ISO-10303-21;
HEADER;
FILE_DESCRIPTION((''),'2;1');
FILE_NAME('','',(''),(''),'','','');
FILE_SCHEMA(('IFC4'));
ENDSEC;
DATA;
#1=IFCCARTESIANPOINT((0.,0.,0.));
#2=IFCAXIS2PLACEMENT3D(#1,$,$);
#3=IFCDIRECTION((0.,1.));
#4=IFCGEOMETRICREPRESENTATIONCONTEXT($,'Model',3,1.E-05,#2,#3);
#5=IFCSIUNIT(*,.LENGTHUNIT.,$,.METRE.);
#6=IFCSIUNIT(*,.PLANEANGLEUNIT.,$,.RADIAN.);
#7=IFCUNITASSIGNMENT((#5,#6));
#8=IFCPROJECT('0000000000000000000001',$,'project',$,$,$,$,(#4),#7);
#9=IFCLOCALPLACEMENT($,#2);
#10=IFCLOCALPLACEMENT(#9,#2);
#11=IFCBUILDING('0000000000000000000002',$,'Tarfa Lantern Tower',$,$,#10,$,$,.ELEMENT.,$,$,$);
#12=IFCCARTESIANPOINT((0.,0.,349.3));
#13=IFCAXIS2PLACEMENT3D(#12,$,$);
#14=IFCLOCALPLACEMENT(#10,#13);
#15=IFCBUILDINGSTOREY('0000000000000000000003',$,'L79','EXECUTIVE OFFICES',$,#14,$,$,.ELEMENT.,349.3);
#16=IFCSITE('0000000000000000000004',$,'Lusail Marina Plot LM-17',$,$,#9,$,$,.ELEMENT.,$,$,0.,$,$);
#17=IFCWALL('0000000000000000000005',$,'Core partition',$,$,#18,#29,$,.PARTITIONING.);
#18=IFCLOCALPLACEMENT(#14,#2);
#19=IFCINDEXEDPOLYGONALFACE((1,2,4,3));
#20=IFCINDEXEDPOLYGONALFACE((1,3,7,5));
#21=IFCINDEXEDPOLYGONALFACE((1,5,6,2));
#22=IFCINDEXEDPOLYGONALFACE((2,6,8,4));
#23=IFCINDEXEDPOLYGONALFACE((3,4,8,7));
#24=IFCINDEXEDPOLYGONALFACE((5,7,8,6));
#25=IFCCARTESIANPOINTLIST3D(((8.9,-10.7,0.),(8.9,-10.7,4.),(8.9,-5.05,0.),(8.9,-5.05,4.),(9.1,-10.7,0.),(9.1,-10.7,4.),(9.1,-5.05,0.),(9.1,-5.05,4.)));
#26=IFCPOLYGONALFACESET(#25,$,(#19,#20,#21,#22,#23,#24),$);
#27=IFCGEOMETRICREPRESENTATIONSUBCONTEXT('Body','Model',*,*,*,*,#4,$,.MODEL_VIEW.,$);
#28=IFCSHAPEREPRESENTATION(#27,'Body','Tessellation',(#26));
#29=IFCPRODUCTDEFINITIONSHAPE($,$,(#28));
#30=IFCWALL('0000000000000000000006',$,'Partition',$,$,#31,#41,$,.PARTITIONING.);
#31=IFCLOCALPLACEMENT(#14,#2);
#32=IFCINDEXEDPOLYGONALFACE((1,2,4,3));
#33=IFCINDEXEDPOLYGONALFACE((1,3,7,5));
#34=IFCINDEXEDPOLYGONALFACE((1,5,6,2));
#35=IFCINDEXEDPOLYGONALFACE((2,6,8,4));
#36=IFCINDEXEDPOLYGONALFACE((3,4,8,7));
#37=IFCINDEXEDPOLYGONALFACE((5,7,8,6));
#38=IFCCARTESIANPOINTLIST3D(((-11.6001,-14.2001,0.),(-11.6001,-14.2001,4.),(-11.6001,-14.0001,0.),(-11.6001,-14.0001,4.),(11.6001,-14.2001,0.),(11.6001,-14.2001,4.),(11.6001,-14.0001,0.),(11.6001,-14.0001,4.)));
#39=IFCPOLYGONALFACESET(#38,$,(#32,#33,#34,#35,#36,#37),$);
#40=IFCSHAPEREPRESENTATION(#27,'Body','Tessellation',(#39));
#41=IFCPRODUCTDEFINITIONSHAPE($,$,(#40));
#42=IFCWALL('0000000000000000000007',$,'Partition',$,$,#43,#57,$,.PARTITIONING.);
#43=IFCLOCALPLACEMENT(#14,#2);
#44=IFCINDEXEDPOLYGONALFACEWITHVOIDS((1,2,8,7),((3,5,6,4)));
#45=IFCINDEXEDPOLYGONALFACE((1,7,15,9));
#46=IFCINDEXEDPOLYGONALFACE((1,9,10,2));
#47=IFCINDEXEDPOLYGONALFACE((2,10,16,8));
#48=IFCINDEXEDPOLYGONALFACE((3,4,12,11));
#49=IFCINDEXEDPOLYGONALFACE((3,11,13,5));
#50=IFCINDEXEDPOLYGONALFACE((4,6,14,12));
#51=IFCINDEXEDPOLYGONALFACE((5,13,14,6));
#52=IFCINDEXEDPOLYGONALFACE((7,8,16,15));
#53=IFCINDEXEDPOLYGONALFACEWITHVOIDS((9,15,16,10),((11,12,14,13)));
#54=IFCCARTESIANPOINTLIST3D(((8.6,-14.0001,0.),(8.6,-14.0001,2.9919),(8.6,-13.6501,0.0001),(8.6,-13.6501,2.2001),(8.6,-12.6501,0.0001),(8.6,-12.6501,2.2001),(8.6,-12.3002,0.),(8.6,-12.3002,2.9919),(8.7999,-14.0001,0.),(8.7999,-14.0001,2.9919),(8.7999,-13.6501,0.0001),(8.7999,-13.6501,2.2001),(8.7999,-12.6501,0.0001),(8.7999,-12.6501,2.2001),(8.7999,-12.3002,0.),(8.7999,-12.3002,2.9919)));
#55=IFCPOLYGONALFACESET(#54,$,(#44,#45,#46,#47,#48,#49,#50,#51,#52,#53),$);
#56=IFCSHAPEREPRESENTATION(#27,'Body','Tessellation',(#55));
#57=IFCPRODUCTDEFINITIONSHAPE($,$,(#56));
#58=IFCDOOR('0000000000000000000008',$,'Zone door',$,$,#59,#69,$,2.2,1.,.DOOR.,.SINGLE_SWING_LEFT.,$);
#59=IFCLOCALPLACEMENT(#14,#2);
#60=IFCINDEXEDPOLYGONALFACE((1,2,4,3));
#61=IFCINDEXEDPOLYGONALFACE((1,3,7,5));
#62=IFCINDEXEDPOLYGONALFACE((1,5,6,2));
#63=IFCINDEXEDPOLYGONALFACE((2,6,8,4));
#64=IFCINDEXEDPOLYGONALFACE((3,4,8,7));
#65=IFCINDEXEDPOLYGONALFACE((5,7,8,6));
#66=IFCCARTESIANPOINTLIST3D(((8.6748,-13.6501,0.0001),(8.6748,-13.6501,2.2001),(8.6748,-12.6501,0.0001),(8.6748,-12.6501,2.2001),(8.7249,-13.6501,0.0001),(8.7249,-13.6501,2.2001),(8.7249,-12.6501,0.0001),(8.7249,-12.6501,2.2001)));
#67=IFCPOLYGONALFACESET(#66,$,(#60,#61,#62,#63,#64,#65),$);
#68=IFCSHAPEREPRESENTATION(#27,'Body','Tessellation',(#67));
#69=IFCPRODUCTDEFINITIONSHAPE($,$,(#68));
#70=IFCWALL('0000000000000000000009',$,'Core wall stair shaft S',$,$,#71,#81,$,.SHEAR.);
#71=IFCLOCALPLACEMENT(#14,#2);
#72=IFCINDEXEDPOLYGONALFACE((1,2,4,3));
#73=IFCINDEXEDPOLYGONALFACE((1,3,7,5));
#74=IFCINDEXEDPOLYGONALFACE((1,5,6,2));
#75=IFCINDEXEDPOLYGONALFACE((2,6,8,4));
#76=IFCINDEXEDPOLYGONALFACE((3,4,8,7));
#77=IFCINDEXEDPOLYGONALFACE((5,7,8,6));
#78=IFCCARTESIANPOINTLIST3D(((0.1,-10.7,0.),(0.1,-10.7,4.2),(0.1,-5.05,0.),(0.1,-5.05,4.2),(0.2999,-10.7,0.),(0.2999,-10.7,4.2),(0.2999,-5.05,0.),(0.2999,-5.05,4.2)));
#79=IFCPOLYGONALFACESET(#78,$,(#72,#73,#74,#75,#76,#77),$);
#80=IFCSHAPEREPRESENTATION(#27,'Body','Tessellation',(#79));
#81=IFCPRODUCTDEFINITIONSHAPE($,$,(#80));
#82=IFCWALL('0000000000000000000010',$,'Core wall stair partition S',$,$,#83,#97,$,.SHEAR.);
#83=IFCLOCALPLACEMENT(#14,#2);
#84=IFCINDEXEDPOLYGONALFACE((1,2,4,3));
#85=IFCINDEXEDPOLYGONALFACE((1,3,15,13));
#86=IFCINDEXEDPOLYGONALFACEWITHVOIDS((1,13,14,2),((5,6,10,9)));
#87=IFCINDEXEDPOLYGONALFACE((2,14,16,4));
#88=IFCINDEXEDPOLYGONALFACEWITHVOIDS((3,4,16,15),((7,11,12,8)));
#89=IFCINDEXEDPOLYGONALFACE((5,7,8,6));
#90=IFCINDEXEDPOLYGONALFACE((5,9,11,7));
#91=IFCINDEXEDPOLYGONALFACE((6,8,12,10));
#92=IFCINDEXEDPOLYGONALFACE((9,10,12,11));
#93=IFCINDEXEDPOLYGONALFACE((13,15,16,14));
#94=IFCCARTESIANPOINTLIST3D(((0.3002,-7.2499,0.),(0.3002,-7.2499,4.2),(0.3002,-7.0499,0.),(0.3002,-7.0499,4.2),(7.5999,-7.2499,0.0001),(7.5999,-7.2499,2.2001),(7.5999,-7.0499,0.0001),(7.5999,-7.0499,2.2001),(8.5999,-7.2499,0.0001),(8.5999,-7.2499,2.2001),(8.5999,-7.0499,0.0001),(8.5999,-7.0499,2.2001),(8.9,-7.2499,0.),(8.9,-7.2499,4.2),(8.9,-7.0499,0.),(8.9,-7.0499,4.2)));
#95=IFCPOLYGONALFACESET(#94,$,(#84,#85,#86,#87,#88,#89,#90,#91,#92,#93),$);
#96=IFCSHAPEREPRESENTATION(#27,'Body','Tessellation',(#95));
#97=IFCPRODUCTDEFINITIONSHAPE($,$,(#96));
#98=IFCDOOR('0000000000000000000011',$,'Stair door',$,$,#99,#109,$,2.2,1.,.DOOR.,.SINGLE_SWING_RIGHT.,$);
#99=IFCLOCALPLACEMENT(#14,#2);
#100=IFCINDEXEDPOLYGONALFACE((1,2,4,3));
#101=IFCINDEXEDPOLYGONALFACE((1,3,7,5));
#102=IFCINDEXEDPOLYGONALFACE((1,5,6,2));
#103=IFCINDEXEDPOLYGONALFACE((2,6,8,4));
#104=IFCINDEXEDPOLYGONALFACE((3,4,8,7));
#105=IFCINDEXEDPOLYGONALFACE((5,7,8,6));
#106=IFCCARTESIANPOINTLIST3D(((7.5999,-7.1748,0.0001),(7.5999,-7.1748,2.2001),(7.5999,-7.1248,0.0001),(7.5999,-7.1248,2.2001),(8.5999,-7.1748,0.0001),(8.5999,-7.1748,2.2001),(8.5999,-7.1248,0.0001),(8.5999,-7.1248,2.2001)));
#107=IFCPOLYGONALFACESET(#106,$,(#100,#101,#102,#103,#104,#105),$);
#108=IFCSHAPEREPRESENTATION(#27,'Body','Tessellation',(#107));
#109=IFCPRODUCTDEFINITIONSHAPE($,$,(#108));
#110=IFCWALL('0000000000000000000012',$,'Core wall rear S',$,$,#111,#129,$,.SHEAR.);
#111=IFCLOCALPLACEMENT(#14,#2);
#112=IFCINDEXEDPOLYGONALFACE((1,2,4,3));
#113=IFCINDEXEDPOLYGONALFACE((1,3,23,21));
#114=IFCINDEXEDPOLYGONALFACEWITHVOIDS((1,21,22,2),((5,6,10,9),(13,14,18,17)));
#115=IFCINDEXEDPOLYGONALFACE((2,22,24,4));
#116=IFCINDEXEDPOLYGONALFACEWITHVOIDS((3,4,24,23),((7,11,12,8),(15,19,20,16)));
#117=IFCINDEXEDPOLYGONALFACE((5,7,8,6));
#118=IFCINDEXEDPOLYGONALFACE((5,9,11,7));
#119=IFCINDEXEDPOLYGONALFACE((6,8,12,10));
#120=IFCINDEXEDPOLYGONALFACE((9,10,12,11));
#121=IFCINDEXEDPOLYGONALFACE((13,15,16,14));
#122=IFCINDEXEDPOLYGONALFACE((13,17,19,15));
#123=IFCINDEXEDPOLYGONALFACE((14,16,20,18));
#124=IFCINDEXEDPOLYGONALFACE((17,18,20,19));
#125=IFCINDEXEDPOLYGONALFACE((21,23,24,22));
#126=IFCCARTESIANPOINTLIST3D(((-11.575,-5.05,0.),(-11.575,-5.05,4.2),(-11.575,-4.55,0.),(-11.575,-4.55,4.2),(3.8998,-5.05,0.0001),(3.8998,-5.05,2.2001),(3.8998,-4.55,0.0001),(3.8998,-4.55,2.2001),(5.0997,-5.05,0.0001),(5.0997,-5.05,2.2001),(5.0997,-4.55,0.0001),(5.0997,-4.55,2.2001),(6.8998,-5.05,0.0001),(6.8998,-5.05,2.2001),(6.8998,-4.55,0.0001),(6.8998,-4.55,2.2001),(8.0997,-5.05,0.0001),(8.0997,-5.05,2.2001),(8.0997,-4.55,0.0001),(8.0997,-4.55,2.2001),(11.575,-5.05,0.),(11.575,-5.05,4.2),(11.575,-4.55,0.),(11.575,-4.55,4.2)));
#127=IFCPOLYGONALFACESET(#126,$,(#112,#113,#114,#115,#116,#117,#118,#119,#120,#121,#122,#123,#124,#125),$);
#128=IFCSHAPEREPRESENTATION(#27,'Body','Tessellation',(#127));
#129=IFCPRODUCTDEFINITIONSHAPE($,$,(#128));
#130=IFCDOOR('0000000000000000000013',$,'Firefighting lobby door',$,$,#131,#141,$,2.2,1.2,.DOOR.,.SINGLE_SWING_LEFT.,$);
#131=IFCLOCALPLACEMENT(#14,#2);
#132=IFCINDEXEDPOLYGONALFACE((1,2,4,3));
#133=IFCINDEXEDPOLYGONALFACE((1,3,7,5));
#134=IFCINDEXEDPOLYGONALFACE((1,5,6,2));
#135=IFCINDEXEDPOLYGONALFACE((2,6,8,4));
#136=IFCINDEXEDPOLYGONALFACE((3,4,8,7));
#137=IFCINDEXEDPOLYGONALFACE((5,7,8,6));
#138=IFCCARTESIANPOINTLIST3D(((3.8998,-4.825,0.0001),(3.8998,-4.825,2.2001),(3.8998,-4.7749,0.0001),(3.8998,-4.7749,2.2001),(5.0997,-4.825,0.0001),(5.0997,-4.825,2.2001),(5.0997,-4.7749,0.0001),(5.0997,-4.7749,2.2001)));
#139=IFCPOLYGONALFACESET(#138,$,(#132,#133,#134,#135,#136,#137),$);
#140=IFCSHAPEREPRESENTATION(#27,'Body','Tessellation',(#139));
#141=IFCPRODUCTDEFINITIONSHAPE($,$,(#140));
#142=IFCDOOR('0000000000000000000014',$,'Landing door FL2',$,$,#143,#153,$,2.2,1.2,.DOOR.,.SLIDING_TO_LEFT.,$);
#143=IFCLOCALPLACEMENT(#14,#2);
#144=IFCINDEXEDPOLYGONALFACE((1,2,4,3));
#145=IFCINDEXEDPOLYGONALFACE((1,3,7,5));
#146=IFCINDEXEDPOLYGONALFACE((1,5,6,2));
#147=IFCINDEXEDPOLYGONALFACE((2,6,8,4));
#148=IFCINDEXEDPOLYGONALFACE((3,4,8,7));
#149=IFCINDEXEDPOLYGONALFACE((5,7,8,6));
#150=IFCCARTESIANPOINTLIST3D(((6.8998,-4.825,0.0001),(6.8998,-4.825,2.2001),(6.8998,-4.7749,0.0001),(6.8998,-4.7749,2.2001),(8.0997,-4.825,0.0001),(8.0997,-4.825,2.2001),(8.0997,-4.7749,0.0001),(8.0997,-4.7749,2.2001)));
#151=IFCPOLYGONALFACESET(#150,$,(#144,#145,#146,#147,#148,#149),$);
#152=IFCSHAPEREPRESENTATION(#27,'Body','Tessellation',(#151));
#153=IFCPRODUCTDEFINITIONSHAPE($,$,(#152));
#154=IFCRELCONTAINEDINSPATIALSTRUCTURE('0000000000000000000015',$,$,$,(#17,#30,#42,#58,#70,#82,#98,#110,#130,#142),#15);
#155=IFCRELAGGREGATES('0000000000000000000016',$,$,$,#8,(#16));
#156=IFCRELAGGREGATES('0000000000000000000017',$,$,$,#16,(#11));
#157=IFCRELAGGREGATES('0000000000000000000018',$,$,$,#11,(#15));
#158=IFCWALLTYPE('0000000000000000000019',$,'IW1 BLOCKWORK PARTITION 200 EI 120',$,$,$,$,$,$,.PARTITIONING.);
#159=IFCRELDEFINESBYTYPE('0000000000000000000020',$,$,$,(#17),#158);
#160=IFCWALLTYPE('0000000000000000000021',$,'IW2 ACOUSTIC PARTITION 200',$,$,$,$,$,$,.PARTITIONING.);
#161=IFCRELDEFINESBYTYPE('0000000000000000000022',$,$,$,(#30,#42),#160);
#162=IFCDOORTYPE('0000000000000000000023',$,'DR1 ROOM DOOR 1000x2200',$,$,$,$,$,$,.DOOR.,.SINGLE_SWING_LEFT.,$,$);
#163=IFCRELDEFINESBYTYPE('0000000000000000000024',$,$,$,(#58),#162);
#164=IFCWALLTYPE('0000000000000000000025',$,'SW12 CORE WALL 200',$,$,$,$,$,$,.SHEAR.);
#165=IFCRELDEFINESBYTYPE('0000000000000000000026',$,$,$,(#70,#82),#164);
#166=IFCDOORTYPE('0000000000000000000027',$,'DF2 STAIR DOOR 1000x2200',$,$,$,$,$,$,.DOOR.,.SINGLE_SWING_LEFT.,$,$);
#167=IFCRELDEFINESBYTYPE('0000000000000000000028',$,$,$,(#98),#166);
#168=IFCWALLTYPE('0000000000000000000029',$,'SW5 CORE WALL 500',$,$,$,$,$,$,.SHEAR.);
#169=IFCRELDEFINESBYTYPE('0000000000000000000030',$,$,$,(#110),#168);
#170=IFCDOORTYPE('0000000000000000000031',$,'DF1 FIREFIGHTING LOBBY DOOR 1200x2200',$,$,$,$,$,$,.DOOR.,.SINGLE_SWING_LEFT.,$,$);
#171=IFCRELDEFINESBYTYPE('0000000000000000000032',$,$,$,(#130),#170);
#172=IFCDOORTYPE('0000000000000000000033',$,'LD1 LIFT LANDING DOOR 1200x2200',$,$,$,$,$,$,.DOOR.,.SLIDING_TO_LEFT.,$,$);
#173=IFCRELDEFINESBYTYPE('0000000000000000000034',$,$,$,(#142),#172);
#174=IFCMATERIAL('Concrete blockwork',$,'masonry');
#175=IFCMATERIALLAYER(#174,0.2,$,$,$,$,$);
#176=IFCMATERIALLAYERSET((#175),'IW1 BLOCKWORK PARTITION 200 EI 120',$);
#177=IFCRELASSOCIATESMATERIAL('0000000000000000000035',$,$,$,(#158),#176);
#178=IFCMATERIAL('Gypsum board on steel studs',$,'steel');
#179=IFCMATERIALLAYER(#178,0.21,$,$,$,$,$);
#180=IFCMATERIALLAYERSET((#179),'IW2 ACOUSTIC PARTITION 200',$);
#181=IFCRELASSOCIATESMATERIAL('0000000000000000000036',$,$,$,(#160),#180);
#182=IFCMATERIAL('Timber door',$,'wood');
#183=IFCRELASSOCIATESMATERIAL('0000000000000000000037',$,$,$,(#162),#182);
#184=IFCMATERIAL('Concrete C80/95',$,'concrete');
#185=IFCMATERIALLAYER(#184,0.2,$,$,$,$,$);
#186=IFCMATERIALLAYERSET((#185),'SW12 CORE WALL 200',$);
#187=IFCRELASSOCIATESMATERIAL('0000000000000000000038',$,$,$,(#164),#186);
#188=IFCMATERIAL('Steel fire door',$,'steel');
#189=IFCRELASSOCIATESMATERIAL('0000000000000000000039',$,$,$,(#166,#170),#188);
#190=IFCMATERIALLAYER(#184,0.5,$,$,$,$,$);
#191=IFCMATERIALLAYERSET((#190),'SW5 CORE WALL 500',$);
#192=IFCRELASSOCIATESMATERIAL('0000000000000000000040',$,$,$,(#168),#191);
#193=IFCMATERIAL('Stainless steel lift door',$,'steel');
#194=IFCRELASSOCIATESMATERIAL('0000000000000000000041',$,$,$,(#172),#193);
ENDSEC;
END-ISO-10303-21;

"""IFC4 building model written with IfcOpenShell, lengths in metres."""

from ifc_helpers import new_model, si_unit, direction, frame, frame_2d, origin, place, context, subcontext, project, spatial, rectangle, extrude, material, layer, layer_set, type_object, element, fill, save


model = new_model("IFC4")

# Units and contexts
model_context = context("Model", 3, precision=1e-05, world=origin(), true_north=direction((0.0, 1.0)))
body_context = subcontext(model_context, "Body", "Model", "MODEL_VIEW")
ifc_project = project(units=[si_unit("LENGTHUNIT", "METRE"), si_unit("PLANEANGLEUNIT", "RADIAN")], contexts=[model_context])

# Site, building, storey
site_placement = place(None, origin())
site = spatial("IfcSite", under=ifc_project, at=site_placement, Name="Lusail Marina Plot LM-17", CompositionType="ELEMENT", RefElevation=0.0)
building_placement = place(site_placement, origin())
building = spatial("IfcBuilding", under=site, at=building_placement, Name="Tarfa Lantern Tower", CompositionType="ELEMENT")
storey_placement = place(building_placement, frame((0.0, 0.0, 349.3)))
storey = spatial("IfcBuildingStorey", under=building, at=storey_placement, Name="L79", Description="EXECUTIVE OFFICES", CompositionType="ELEMENT", Elevation=349.3)

# Walls
ifc_material_1 = material(Name="Concrete blockwork", Category="masonry")
ifc_layer_1 = layer(ifc_material_1, 0.2)
ifc_layer_set_1 = layer_set([ifc_layer_1], Name="IW1 BLOCKWORK PARTITION 200 EI 120")
wall_type_1 = type_object("IfcWallType", Name="IW1 BLOCKWORK PARTITION 200 EI 120", PredefinedType="PARTITIONING", material=ifc_layer_set_1)
wall_1_placement = place(storey_placement, frame((9.0, -5.05, 0.0), z_axis=(0.0, 0.0, 1.0), x_axis=(0.0, -1.0, 0.0)))
element("IfcWall", 1, at=wall_1_placement, inside=storey, type_object=wall_type_1, Name="Core partition", PredefinedType="PARTITIONING", context=body_context, shape_type="SweptSolid", body=[
    extrude(rectangle(XDim=5.6499, YDim=0.2, at=frame_2d((2.825, 0.0))), origin(), (0.0, 0.0, 1.0), 4.0),
])
ifc_material_2 = material(Name="Gypsum board on steel studs", Category="steel")
ifc_layer_2 = layer(ifc_material_2, 0.21)
ifc_layer_set_2 = layer_set([ifc_layer_2], Name="IW2 ACOUSTIC PARTITION 200")
wall_type_2 = type_object("IfcWallType", Name="IW2 ACOUSTIC PARTITION 200", PredefinedType="PARTITIONING", material=ifc_layer_set_2)
wall_2_placement = place(storey_placement, frame((11.6001, -14.1001, 0.0), z_axis=(0.0, 0.0, 1.0), x_axis=(-1.0, 0.0, 0.0)))
element("IfcWall", 2, at=wall_2_placement, inside=storey, type_object=wall_type_2, Name="Partition", PredefinedType="PARTITIONING", context=body_context, shape_type="SweptSolid", body=[
    extrude(rectangle(XDim=23.2002, YDim=0.2, at=frame_2d((11.6001, 0.0))), origin(), (0.0, 0.0, 1.0), 4.0),
])

# Wall, opening, door
wall_3_placement = place(storey_placement, frame((8.7, -12.3, 0.0), z_axis=(0.0, 0.0, 1.0), x_axis=(0.0, -1.0, 0.0)))
wall_3 = element("IfcWall", 3, at=wall_3_placement, inside=storey, type_object=wall_type_2, Name="Partition", PredefinedType="PARTITIONING", context=body_context, shape_type="SweptSolid", body=[
    extrude(rectangle(XDim=1.7, YDim=0.2, at=frame_2d((0.8501, 0.0))), origin(), (0.0, 0.0, 1.0), 2.9919),
])
opening_1_placement = place(wall_3_placement, frame((0.3501, 0.0, 0.0)))
opening_1 = element("IfcOpeningElement", 4, at=opening_1_placement, cuts=wall_3, PredefinedType="OPENING", context=body_context, shape_type="SweptSolid", body=[
    extrude(rectangle(XDim=1.0, YDim=2.2, at=frame_2d((0.5, 1.1001))), frame((0.0, 0.1099, 0.0), z_axis=(0.0, -1.0, 0.0), x_axis=(1.0, 0.0, 0.0)), (0.0, 0.0, 1.0), 0.22),
])
ifc_material_3 = material(Name="Timber door", Category="wood")
door_type_1 = type_object("IfcDoorType", Name="DR1 ROOM DOOR 1000x2200", OperationType="SINGLE_SWING_LEFT", PredefinedType="DOOR", material=ifc_material_3)
door_1_placement = place(opening_1_placement, origin())
door_1 = element("IfcDoor", 5, at=door_1_placement, inside=storey, type_object=door_type_1, Name="Zone door", OperationType="SINGLE_SWING_LEFT", OverallHeight=2.2, OverallWidth=1.0, PredefinedType="DOOR", context=body_context, shape_type="SweptSolid", body=[
    extrude(rectangle(XDim=1.0, YDim=2.2, at=frame_2d((0.5, 1.1001))), frame((0.0, 0.0249, 0.0), z_axis=(0.0, -1.0, 0.0), x_axis=(1.0, 0.0, 0.0)), (0.0, 0.0, 1.0), 0.05),
])
fill(opening_1, door_1)

# Wall
ifc_material_4 = material(Name="Concrete C80/95", Category="concrete")
ifc_layer_3 = layer(ifc_material_4, 0.2)
ifc_layer_set_3 = layer_set([ifc_layer_3], Name="SW12 CORE WALL 200")
wall_type_3 = type_object("IfcWallType", Name="SW12 CORE WALL 200", PredefinedType="SHEAR", material=ifc_layer_set_3)
wall_4_placement = place(storey_placement, frame((0.2, -5.05, 0.0), z_axis=(0.0, 0.0, 1.0), x_axis=(0.0, -1.0, 0.0)))
element("IfcWall", 6, at=wall_4_placement, inside=storey, type_object=wall_type_3, Name="Core wall stair shaft S", PredefinedType="SHEAR", context=body_context, shape_type="SweptSolid", body=[
    extrude(rectangle(XDim=5.6499, YDim=0.2, at=frame_2d((2.825, 0.0))), origin(), (0.0, 0.0, 1.0), 4.2),
])

# Wall, opening, door
wall_5_placement = place(storey_placement, frame((8.8999, -7.1499, 0.0), z_axis=(0.0, 0.0, 1.0), x_axis=(-1.0, 0.0, 0.0)))
wall_5 = element("IfcWall", 7, at=wall_5_placement, inside=storey, type_object=wall_type_3, Name="Core wall stair partition S", PredefinedType="SHEAR", context=body_context, shape_type="SweptSolid", body=[
    extrude(rectangle(XDim=8.5999, YDim=0.2, at=frame_2d((4.2998, 0.0))), origin(), (0.0, 0.0, 1.0), 4.2),
])
opening_2_placement = place(wall_5_placement, frame((0.3, 0.0, 0.0)))
opening_2 = element("IfcOpeningElement", 8, at=opening_2_placement, cuts=wall_5, PredefinedType="OPENING", context=body_context, shape_type="SweptSolid", body=[
    extrude(rectangle(XDim=1.0, YDim=2.2, at=frame_2d((0.5, 1.1001))), frame((0.0, 0.1099, 0.0), z_axis=(0.0, -1.0, 0.0), x_axis=(1.0, 0.0, 0.0)), (0.0, 0.0, 1.0), 0.22),
])
ifc_material_5 = material(Name="Steel fire door", Category="steel")
door_type_2 = type_object("IfcDoorType", Name="DF2 STAIR DOOR 1000x2200", OperationType="SINGLE_SWING_LEFT", PredefinedType="DOOR", material=ifc_material_5)
door_2_placement = place(opening_2_placement, origin())
door_2 = element("IfcDoor", 9, at=door_2_placement, inside=storey, type_object=door_type_2, Name="Stair door", OperationType="SINGLE_SWING_RIGHT", OverallHeight=2.2, OverallWidth=1.0, PredefinedType="DOOR", context=body_context, shape_type="SweptSolid", body=[
    extrude(rectangle(XDim=1.0, YDim=2.2, at=frame_2d((0.5, 1.1001))), frame((0.0, 0.0249, 0.0), z_axis=(0.0, -1.0, 0.0), x_axis=(1.0, 0.0, 0.0)), (0.0, 0.0, 1.0), 0.05),
])
fill(opening_2, door_2)

# Wall, openings, doors
ifc_layer_4 = layer(ifc_material_4, 0.5)
ifc_layer_set_4 = layer_set([ifc_layer_4], Name="SW5 CORE WALL 500")
wall_type_4 = type_object("IfcWallType", Name="SW5 CORE WALL 500", PredefinedType="SHEAR", material=ifc_layer_set_4)
wall_6_placement = place(storey_placement, frame((11.575, -4.8, 0.0), z_axis=(0.0, 0.0, 1.0), x_axis=(-1.0, 0.0, 0.0)))
wall_6 = element("IfcWall", 10, at=wall_6_placement, inside=storey, type_object=wall_type_4, Name="Core wall rear S", PredefinedType="SHEAR", context=body_context, shape_type="SweptSolid", body=[
    extrude(rectangle(XDim=23.1499, YDim=0.5, at=frame_2d((11.575, 0.0))), origin(), (0.0, 0.0, 1.0), 4.2),
])
opening_3_placement = place(wall_6_placement, frame((6.4751, 0.0, 0.0)))
opening_3 = element("IfcOpeningElement", 11, at=opening_3_placement, cuts=wall_6, PredefinedType="OPENING", context=body_context, shape_type="SweptSolid", body=[
    extrude(rectangle(XDim=1.2, YDim=2.2, at=frame_2d((0.6001, 1.1001))), frame((0.0, 0.26, 0.0), z_axis=(0.0, -1.0, 0.0), x_axis=(1.0, 0.0, 0.0)), (0.0, 0.0, 1.0), 0.52),
])
opening_4_placement = place(wall_6_placement, frame((3.4751, 0.0, 0.0)))
opening_4 = element("IfcOpeningElement", 12, at=opening_4_placement, cuts=wall_6, PredefinedType="OPENING", context=body_context, shape_type="SweptSolid", body=[
    extrude(rectangle(XDim=1.2, YDim=2.2, at=frame_2d((0.6001, 1.1001))), frame((0.0, 0.26, 0.0), z_axis=(0.0, -1.0, 0.0), x_axis=(1.0, 0.0, 0.0)), (0.0, 0.0, 1.0), 0.52),
])
door_type_3 = type_object("IfcDoorType", Name="DF1 FIREFIGHTING LOBBY DOOR 1200x2200", OperationType="SINGLE_SWING_LEFT", PredefinedType="DOOR", material=ifc_material_5)
door_3_placement = place(opening_3_placement, origin())
door_3 = element("IfcDoor", 13, at=door_3_placement, inside=storey, type_object=door_type_3, Name="Firefighting lobby door", OperationType="SINGLE_SWING_LEFT", OverallHeight=2.2, OverallWidth=1.2, PredefinedType="DOOR", context=body_context, shape_type="SweptSolid", body=[
    extrude(rectangle(XDim=1.2, YDim=2.2, at=frame_2d((0.6001, 1.1001))), frame((0.0, 0.0249, 0.0), z_axis=(0.0, -1.0, 0.0), x_axis=(1.0, 0.0, 0.0)), (0.0, 0.0, 1.0), 0.05),
])
fill(opening_3, door_3)
ifc_material_6 = material(Name="Stainless steel lift door", Category="steel")
door_type_4 = type_object("IfcDoorType", Name="LD1 LIFT LANDING DOOR 1200x2200", OperationType="SLIDING_TO_LEFT", PredefinedType="DOOR", material=ifc_material_6)
door_4_placement = place(opening_4_placement, origin())
door_4 = element("IfcDoor", 14, at=door_4_placement, inside=storey, type_object=door_type_4, Name="Landing door FL2", OperationType="SLIDING_TO_LEFT", OverallHeight=2.2, OverallWidth=1.2, PredefinedType="DOOR", context=body_context, shape_type="SweptSolid", body=[
    extrude(rectangle(XDim=1.2, YDim=2.2, at=frame_2d((0.6001, 1.1001))), frame((0.0, 0.0249, 0.0), z_axis=(0.0, -1.0, 0.0), x_axis=(1.0, 0.0, 0.0)), (0.0, 0.0, 1.0), 0.05),
])
fill(opening_4, door_4)

save(model, "model.ifc")
